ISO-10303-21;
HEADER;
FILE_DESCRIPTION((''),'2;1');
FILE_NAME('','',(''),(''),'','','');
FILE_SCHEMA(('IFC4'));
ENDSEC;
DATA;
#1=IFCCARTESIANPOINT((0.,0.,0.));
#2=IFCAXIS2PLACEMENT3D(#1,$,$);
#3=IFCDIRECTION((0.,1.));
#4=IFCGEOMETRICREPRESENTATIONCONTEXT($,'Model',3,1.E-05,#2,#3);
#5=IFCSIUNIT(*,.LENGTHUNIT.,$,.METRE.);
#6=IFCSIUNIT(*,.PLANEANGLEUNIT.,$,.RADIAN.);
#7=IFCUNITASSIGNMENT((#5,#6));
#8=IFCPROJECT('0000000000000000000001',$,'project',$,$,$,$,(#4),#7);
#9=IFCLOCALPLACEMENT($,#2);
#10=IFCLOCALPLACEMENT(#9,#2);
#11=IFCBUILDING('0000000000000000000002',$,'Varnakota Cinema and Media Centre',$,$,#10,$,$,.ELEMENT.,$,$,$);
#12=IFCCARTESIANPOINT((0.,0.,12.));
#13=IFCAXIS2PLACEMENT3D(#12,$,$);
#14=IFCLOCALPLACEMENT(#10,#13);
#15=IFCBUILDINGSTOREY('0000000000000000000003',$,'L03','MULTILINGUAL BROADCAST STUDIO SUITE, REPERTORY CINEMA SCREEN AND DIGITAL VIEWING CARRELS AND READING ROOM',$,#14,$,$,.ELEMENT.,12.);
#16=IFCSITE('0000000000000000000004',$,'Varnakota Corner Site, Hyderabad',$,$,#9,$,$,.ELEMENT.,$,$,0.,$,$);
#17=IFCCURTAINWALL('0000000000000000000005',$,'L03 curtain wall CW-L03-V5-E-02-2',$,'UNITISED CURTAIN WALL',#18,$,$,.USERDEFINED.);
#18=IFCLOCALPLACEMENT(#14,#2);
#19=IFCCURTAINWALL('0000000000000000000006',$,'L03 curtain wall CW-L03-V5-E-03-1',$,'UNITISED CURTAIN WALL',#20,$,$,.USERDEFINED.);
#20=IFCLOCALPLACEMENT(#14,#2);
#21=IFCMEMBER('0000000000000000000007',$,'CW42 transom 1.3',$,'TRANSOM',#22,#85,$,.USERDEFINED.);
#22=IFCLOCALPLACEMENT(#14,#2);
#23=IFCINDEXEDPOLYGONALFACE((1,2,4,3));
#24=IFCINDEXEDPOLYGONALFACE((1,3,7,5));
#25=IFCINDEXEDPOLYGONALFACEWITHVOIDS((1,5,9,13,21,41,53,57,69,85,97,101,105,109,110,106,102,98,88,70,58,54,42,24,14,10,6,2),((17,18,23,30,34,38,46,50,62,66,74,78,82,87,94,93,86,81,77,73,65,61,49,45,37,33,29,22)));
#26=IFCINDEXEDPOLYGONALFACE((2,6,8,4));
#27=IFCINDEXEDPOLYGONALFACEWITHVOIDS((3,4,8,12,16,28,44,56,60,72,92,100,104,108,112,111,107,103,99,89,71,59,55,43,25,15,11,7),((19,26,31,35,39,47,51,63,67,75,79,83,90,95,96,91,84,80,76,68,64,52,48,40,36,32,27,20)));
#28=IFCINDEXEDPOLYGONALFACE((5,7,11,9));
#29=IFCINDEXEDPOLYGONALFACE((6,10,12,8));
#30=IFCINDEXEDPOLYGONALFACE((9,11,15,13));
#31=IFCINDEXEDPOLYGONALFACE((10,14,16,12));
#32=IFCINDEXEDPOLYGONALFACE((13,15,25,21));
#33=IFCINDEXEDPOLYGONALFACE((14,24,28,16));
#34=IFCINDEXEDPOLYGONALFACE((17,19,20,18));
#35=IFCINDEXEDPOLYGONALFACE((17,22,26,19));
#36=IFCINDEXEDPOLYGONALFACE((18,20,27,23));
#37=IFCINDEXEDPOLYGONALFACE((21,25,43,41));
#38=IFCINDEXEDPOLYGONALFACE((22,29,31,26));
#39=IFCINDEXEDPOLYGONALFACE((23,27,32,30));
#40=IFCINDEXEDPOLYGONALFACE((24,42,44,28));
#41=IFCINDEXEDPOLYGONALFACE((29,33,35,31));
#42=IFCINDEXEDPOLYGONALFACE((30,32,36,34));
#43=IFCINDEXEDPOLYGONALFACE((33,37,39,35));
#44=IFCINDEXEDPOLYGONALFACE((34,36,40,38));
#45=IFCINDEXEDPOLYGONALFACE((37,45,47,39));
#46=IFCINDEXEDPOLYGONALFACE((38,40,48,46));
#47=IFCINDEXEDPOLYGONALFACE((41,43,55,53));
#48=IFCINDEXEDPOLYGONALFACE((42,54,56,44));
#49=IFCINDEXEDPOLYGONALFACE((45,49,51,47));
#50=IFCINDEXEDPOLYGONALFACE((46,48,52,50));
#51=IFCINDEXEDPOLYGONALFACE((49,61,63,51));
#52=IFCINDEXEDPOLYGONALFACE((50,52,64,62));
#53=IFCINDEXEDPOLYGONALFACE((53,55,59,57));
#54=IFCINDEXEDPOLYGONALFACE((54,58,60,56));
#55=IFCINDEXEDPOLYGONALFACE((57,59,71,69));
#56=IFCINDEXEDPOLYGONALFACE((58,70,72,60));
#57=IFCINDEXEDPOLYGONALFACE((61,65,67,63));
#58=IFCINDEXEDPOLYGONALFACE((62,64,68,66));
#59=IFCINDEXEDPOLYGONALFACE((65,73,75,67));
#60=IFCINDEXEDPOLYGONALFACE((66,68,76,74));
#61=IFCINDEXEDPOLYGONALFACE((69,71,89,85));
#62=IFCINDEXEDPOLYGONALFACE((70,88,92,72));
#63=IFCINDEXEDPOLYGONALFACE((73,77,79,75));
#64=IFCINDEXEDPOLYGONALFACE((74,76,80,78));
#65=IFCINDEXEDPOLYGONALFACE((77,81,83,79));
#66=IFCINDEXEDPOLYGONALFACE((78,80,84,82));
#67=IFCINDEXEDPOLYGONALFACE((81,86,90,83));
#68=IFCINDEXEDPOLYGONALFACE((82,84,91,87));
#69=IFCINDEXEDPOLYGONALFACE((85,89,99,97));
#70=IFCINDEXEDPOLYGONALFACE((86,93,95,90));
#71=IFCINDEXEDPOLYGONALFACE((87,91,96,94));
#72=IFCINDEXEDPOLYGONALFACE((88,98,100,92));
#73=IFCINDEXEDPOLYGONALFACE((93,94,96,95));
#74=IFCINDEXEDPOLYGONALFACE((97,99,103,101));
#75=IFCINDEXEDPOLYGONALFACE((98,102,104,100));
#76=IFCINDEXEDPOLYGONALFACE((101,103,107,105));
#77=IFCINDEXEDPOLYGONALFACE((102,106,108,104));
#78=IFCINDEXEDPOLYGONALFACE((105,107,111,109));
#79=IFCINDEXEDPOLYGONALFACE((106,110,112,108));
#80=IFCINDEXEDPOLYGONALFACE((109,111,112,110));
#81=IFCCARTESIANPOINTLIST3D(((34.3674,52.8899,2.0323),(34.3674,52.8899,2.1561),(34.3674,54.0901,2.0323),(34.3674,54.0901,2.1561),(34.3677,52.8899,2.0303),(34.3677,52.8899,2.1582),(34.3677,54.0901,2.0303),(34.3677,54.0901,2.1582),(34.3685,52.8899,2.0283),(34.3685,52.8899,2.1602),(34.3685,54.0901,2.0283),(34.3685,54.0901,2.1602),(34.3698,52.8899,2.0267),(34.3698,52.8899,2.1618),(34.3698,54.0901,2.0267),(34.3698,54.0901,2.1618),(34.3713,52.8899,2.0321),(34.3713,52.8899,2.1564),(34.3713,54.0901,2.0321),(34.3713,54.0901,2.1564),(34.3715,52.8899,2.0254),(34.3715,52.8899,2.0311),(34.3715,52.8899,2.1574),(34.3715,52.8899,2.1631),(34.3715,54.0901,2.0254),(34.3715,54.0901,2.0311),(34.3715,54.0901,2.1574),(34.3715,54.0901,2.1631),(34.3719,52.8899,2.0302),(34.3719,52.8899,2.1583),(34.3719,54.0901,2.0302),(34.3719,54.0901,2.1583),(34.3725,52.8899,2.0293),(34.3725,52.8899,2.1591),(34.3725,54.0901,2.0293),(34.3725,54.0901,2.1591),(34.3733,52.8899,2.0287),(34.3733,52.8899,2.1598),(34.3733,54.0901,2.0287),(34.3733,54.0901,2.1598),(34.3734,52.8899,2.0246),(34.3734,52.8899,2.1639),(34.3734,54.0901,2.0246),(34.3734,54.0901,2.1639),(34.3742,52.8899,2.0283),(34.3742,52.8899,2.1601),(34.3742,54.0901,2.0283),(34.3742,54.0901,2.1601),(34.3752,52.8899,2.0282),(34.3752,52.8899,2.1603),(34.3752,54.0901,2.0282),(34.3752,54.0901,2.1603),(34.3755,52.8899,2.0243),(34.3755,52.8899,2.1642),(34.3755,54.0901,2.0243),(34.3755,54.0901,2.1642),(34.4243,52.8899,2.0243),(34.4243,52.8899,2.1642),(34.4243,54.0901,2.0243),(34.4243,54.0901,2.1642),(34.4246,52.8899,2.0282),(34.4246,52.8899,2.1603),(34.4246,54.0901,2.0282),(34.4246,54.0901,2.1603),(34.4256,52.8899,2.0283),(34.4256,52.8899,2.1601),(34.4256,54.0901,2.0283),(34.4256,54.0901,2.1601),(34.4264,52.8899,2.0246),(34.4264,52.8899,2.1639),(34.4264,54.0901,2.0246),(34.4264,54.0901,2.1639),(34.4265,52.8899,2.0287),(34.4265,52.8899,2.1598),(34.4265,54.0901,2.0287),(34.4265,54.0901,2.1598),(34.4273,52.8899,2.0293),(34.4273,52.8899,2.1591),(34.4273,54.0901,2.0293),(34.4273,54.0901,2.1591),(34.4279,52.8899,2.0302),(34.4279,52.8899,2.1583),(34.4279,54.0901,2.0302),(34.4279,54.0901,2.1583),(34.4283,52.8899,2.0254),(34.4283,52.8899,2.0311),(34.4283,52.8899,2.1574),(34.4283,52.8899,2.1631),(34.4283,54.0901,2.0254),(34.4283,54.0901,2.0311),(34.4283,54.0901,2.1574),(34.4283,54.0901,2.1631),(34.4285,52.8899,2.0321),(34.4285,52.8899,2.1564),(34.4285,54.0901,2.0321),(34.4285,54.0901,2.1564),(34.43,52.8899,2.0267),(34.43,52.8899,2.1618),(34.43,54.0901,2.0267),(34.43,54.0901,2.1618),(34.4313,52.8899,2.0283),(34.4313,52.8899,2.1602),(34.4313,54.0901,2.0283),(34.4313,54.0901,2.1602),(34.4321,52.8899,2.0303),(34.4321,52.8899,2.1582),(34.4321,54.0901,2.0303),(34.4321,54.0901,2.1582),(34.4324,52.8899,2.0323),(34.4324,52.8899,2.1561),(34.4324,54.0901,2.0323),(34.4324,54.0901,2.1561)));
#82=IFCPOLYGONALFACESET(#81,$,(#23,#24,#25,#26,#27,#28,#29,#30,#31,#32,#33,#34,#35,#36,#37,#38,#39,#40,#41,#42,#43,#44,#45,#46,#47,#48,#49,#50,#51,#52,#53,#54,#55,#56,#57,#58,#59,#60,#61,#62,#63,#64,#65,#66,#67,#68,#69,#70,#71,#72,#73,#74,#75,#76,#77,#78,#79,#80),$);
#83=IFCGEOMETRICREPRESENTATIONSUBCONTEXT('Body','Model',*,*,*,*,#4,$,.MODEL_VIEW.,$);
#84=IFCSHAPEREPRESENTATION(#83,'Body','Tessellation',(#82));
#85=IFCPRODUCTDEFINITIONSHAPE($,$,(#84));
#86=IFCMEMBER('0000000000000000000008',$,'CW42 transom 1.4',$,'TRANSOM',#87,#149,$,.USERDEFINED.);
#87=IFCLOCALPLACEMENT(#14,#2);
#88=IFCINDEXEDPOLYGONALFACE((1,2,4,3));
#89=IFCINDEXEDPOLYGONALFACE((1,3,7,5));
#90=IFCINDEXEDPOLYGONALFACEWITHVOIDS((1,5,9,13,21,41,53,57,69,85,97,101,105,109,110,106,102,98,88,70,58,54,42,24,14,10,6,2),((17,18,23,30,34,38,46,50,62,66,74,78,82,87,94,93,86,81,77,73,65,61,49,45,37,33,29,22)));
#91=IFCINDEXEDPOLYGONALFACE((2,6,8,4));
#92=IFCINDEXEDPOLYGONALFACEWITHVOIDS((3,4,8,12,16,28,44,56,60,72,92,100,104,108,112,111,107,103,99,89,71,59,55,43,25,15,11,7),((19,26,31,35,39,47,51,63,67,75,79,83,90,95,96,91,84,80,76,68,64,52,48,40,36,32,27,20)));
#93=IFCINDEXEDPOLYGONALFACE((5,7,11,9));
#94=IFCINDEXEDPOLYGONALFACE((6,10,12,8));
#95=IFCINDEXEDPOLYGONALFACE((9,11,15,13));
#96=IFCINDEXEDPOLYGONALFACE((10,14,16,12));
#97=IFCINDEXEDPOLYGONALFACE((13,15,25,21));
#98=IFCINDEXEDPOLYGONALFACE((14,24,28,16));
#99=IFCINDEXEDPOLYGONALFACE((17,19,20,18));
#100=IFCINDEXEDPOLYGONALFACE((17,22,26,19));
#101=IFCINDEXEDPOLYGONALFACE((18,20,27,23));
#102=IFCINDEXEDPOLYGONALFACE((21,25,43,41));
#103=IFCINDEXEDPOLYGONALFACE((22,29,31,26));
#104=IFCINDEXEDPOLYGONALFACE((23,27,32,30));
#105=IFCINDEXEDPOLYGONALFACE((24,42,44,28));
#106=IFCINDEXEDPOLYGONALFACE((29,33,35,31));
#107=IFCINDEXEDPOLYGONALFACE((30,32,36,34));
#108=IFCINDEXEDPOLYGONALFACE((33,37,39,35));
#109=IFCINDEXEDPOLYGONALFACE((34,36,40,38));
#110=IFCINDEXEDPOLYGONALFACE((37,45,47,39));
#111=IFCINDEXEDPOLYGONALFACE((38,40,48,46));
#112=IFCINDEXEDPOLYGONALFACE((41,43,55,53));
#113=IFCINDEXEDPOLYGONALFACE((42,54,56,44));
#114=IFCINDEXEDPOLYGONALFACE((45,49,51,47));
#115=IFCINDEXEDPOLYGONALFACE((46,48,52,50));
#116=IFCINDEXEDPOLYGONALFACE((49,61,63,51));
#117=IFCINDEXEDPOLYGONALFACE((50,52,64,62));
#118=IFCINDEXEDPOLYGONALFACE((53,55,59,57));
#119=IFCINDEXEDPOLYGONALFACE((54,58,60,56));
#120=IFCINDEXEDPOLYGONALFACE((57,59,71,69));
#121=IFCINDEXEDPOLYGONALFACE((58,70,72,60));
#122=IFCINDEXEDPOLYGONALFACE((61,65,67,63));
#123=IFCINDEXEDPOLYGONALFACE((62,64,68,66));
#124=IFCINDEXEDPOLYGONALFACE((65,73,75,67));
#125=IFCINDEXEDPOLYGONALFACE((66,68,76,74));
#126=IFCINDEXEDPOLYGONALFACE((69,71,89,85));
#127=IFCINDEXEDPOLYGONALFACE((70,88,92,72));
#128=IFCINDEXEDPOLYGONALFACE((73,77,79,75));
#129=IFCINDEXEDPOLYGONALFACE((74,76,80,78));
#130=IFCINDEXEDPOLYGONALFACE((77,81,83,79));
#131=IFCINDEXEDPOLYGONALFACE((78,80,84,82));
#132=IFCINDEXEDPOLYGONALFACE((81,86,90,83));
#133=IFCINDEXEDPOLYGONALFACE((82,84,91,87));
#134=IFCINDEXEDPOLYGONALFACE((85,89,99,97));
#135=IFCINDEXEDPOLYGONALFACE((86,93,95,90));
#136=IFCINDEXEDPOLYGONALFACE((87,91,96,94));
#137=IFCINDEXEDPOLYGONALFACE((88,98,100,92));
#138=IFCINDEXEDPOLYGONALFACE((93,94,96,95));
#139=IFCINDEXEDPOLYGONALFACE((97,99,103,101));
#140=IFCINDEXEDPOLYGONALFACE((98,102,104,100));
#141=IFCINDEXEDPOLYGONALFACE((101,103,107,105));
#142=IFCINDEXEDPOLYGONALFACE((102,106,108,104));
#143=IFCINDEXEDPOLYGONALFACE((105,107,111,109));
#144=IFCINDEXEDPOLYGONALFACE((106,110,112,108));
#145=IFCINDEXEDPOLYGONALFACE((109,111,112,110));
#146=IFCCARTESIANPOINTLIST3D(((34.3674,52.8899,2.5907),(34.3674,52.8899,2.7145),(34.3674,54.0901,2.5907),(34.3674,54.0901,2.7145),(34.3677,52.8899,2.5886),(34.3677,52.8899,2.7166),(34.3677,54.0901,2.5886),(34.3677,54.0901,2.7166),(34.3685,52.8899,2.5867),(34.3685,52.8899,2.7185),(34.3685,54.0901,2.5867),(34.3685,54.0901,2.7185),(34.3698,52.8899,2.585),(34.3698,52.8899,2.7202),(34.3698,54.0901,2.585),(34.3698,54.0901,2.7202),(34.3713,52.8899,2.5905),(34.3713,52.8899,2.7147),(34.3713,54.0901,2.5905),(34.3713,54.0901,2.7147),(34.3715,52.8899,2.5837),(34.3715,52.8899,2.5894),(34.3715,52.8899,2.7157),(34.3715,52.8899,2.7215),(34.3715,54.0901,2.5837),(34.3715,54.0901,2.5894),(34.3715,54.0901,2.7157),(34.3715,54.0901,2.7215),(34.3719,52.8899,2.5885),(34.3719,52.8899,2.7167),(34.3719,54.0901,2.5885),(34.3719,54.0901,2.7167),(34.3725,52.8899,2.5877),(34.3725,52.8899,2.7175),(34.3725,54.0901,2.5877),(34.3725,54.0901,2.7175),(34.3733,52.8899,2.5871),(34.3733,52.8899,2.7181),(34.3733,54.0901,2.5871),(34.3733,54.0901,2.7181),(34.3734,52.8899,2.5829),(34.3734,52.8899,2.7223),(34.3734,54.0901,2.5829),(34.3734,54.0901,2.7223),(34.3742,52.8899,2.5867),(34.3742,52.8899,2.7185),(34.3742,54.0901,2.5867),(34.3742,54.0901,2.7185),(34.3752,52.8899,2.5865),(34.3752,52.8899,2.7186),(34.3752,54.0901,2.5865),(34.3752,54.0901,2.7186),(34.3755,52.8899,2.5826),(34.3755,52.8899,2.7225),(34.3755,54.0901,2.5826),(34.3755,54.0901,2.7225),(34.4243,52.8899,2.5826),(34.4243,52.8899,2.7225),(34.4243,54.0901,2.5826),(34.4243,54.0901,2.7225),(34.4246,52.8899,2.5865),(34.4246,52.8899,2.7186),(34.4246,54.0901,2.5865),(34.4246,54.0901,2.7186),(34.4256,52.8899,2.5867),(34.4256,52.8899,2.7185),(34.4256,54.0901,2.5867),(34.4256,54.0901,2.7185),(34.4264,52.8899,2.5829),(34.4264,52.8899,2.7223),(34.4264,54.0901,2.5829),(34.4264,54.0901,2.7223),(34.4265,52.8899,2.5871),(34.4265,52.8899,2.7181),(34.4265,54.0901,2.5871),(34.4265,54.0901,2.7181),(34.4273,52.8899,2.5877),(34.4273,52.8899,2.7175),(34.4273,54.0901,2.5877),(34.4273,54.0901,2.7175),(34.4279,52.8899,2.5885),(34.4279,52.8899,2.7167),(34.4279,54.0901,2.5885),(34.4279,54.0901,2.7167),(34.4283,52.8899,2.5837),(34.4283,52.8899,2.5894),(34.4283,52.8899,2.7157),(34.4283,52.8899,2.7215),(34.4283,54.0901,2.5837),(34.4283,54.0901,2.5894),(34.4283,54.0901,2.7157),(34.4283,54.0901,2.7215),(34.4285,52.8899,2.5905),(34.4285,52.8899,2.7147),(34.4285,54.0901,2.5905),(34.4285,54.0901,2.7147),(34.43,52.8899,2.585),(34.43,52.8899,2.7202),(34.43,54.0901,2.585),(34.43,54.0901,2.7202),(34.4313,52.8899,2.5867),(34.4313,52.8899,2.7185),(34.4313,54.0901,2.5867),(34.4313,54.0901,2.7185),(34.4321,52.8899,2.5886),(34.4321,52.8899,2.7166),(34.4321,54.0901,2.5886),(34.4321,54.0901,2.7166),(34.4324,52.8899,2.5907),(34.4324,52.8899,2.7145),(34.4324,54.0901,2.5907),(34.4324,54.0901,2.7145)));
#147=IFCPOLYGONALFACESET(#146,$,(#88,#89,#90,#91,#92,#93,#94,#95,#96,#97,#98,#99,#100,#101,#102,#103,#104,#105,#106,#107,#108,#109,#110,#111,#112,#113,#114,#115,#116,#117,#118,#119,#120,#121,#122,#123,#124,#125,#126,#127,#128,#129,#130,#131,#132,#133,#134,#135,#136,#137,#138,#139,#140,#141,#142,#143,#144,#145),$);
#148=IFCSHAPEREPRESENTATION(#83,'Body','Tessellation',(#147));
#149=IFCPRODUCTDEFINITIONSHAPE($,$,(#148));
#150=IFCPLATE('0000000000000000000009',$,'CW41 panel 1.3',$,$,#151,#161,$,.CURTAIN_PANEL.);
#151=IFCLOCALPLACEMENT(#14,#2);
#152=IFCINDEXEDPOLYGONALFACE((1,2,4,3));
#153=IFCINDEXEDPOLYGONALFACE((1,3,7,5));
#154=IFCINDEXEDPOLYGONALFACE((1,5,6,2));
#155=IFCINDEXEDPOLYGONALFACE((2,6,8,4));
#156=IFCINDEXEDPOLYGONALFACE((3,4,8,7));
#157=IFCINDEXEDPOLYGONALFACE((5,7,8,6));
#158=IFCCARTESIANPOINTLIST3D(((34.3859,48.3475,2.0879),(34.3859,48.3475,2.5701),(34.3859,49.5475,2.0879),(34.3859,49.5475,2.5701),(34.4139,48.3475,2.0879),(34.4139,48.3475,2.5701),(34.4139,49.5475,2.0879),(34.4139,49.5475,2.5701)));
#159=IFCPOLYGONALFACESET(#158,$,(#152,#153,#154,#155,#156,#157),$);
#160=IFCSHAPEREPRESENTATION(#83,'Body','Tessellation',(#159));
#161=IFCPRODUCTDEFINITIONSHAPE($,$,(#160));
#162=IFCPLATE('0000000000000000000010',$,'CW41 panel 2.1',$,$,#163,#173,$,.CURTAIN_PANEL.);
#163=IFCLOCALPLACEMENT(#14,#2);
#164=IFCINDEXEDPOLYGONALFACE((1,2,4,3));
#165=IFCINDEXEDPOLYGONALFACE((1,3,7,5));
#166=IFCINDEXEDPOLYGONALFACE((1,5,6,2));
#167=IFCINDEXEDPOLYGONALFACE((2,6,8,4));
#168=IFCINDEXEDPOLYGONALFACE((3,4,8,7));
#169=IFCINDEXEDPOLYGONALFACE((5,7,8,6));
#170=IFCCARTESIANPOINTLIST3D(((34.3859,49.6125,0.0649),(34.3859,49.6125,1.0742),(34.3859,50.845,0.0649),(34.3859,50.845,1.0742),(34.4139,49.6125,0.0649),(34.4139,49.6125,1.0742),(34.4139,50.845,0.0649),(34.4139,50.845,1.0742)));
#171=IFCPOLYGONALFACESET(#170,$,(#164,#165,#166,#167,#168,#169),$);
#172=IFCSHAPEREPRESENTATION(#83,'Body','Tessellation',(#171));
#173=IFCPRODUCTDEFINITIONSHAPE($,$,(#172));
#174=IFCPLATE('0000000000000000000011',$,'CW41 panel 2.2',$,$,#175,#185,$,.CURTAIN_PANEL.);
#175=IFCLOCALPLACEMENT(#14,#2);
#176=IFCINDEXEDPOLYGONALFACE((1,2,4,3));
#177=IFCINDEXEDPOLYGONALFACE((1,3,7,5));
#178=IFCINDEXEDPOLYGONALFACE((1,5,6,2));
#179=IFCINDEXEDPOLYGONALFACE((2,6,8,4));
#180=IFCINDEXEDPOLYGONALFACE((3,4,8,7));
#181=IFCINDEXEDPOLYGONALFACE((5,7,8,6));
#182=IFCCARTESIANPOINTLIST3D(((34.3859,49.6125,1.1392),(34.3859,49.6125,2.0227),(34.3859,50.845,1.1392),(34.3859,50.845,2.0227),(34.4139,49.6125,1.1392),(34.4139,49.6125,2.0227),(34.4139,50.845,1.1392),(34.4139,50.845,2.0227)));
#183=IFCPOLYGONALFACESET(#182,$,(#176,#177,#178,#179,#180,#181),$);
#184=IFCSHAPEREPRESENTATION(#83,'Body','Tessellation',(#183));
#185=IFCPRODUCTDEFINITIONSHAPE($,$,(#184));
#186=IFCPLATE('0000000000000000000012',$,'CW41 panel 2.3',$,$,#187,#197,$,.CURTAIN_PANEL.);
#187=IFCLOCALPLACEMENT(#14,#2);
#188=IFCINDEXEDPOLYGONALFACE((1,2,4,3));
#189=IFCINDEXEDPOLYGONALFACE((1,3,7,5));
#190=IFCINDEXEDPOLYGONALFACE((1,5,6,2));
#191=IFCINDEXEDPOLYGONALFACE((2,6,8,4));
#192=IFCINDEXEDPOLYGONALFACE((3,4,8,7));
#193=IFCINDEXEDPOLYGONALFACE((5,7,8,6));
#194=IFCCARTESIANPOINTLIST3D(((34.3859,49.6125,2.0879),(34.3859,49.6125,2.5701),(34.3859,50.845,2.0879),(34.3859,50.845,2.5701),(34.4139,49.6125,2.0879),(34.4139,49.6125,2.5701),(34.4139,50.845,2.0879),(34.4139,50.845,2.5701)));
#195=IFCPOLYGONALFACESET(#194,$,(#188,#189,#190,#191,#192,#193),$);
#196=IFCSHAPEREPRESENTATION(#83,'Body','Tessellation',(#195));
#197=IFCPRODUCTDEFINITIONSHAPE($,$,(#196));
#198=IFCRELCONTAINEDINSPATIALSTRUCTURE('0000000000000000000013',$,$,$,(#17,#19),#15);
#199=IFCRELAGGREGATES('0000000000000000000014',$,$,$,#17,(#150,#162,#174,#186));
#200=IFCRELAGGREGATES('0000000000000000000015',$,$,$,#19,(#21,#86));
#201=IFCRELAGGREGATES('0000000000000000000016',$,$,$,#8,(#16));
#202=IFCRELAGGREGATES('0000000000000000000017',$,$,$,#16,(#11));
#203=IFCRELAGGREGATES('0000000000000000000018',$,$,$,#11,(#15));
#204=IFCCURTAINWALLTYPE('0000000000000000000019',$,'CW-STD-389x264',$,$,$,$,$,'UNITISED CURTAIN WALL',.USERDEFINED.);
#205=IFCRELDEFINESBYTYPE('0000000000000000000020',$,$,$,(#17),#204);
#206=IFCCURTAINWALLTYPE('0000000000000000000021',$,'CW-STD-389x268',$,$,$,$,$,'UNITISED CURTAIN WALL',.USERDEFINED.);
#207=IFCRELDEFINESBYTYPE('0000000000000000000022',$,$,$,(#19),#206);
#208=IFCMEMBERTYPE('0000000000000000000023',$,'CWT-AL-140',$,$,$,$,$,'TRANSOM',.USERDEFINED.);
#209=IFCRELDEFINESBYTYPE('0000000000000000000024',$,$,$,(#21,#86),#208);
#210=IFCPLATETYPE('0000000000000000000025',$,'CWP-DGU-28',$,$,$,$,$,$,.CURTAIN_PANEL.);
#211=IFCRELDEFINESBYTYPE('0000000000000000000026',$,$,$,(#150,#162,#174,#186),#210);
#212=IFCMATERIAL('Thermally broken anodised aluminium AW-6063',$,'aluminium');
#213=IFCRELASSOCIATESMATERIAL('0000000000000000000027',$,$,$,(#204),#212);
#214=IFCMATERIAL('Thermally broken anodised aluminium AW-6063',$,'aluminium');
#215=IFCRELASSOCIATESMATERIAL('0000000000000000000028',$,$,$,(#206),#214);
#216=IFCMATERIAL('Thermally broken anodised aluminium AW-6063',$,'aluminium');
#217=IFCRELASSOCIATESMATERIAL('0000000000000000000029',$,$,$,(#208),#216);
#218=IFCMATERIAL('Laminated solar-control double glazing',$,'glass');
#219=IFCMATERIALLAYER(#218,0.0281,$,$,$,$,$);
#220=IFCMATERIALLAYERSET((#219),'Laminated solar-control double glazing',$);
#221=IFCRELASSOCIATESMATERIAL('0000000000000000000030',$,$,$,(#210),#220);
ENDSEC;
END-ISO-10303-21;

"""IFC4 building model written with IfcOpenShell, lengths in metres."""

from ifc_helpers import new_model, si_unit, direction, frame, origin, origin_2d, place, context, subcontext, project, spatial, rectangle, hollow_rectangle, extrude, material, layer, layer_set, material_profile, profile_set, type_object, element, aggregate, save


model = new_model("IFC4")

# Units and contexts
model_context = context("Model", 3, precision=1e-05, world=origin(), true_north=direction((0.0, 1.0)))
body_context = subcontext(model_context, "Body", "Model", "MODEL_VIEW")
ifc_project = project(units=[si_unit("LENGTHUNIT", "METRE"), si_unit("PLANEANGLEUNIT", "RADIAN")], contexts=[model_context])

# Site, building, storey
site_placement = place(None, origin())
site = spatial("IfcSite", under=ifc_project, at=site_placement, Name="Varnakota Corner Site, Hyderabad", CompositionType="ELEMENT", RefElevation=0.0)
building_placement = place(site_placement, origin())
building = spatial("IfcBuilding", under=site, at=building_placement, Name="Varnakota Cinema and Media Centre", CompositionType="ELEMENT")
storey_placement = place(building_placement, frame((0.0, 0.0, 12.0)))
storey = spatial("IfcBuildingStorey", under=building, at=storey_placement, Name="L03", Description="MULTILINGUAL BROADCAST STUDIO SUITE, REPERTORY CINEMA SCREEN AND DIGITAL VIEWING CARRELS AND READING ROOM", CompositionType="ELEMENT", Elevation=12.0)

# Curtain wall
ifc_material_1 = material(Name="Thermally broken anodised aluminium AW-6063", Category="aluminium")
curtain_wall_type_1 = type_object("IfcCurtainWallType", Name="CW-STD-389x264", ElementType="UNITISED CURTAIN WALL", PredefinedType="USERDEFINED", material=ifc_material_1)
curtain_wall_1_placement = place(storey_placement, origin())
curtain_wall_1 = element("IfcCurtainWall", 1, at=curtain_wall_1_placement, inside=storey, type_object=curtain_wall_type_1, Name="L03 curtain wall CW-L03-V5-E-02-2", ObjectType="UNITISED CURTAIN WALL", PredefinedType="USERDEFINED")

# Curtain wall
ifc_material_2 = material(Name="Thermally broken anodised aluminium AW-6063", Category="aluminium")
curtain_wall_type_2 = type_object("IfcCurtainWallType", Name="CW-STD-389x268", ElementType="UNITISED CURTAIN WALL", PredefinedType="USERDEFINED", material=ifc_material_2)
curtain_wall_2_placement = place(storey_placement, origin())
curtain_wall_2 = element("IfcCurtainWall", 2, at=curtain_wall_2_placement, inside=storey, type_object=curtain_wall_type_2, Name="L03 curtain wall CW-L03-V5-E-03-1", ObjectType="UNITISED CURTAIN WALL", PredefinedType="USERDEFINED")

# Members
ifc_material_3 = material(Name="Thermally broken anodised aluminium AW-6063", Category="aluminium")
ifc_material_profile_1 = material_profile(ifc_material_3, hollow_rectangle(XDim=0.0649, YDim=0.1399, WallThickness=0.0039, InnerFilletRadius=0.0039, OuterFilletRadius=0.0081, at=origin_2d()), Name="AL-TRANSOM 140x65x4")
ifc_profile_set_1 = profile_set([ifc_material_profile_1], Name="Thermally broken anodised aluminium AW-6063")
member_type_1 = type_object("IfcMemberType", Name="CWT-AL-140", ElementType="TRANSOM", PredefinedType="USERDEFINED", material=ifc_profile_set_1)
member_1_placement = place(storey_placement, frame((34.3999, 52.8899, 2.0942), z_axis=(0.0, 1.0, 0.0), x_axis=(-1.0, 0.0, 0.0)))
member_1 = element("IfcMember", 3, at=member_1_placement, type_object=member_type_1, Name="CW42 transom 1.3", ObjectType="TRANSOM", PredefinedType="USERDEFINED", context=body_context, shape_type="SweptSolid", body=[
    extrude(hollow_rectangle(XDim=0.0649, YDim=0.1399, WallThickness=0.0039, InnerFilletRadius=0.0039, OuterFilletRadius=0.0081, at=origin_2d()), origin(), (0.0, 0.0, 1.0), 1.2002),
])
member_2_placement = place(storey_placement, frame((34.3999, 52.8899, 2.6526), z_axis=(0.0, 1.0, 0.0), x_axis=(-1.0, 0.0, 0.0)))
member_2 = element("IfcMember", 4, at=member_2_placement, type_object=member_type_1, Name="CW42 transom 1.4", ObjectType="TRANSOM", PredefinedType="USERDEFINED", context=body_context, shape_type="SweptSolid", body=[
    extrude(hollow_rectangle(XDim=0.0649, YDim=0.1399, WallThickness=0.0039, InnerFilletRadius=0.0039, OuterFilletRadius=0.0081, at=origin_2d()), origin(), (0.0, 0.0, 1.0), 1.2002),
])

# Plates
ifc_material_4 = material(Name="Laminated solar-control double glazing", Category="glass")
ifc_layer = layer(ifc_material_4, 0.0281)
ifc_layer_set = layer_set([ifc_layer], Name="Laminated solar-control double glazing")
plate_type = type_object("IfcPlateType", Name="CWP-DGU-28", PredefinedType="CURTAIN_PANEL", material=ifc_layer_set)
plate_1_placement = place(storey_placement, frame((34.3999, 48.9475, 2.0879), z_axis=(0.0, 0.0, 1.0), x_axis=(0.0, 1.0, 0.0)))
plate_1 = element("IfcPlate", 5, at=plate_1_placement, type_object=plate_type, Name="CW41 panel 1.3", PredefinedType="CURTAIN_PANEL", context=body_context, shape_type="SweptSolid", body=[
    extrude(rectangle(XDim=1.2, YDim=0.0281, at=origin_2d()), origin(), (0.0, 0.0, 1.0), 0.4822),
])
plate_2_placement = place(storey_placement, frame((34.3999, 50.2288, 0.0649), z_axis=(0.0, 0.0, 1.0), x_axis=(0.0, 1.0, 0.0)))
plate_2 = element("IfcPlate", 6, at=plate_2_placement, type_object=plate_type, Name="CW41 panel 2.1", PredefinedType="CURTAIN_PANEL", context=body_context, shape_type="SweptSolid", body=[
    extrude(rectangle(XDim=1.2324, YDim=0.0281, at=origin_2d()), origin(), (0.0, 0.0, 1.0), 1.0093),
])
plate_3_placement = place(storey_placement, frame((34.3999, 50.2288, 1.1392), z_axis=(0.0, 0.0, 1.0), x_axis=(0.0, 1.0, 0.0)))
plate_3 = element("IfcPlate", 7, at=plate_3_placement, type_object=plate_type, Name="CW41 panel 2.2", PredefinedType="CURTAIN_PANEL", context=body_context, shape_type="SweptSolid", body=[
    extrude(rectangle(XDim=1.2324, YDim=0.0281, at=origin_2d()), origin(), (0.0, 0.0, 1.0), 0.8835),
])
plate_4_placement = place(storey_placement, frame((34.3999, 50.2288, 2.0879), z_axis=(0.0, 0.0, 1.0), x_axis=(0.0, 1.0, 0.0)))
plate_4 = element("IfcPlate", 8, at=plate_4_placement, type_object=plate_type, Name="CW41 panel 2.3", PredefinedType="CURTAIN_PANEL", context=body_context, shape_type="SweptSolid", body=[
    extrude(rectangle(XDim=1.2324, YDim=0.0281, at=origin_2d()), origin(), (0.0, 0.0, 1.0), 0.4822),
])
aggregate(curtain_wall_1, [plate_1, plate_2, plate_3, plate_4])
aggregate(curtain_wall_2, [member_1, member_2])

save(model, "model.ifc")
